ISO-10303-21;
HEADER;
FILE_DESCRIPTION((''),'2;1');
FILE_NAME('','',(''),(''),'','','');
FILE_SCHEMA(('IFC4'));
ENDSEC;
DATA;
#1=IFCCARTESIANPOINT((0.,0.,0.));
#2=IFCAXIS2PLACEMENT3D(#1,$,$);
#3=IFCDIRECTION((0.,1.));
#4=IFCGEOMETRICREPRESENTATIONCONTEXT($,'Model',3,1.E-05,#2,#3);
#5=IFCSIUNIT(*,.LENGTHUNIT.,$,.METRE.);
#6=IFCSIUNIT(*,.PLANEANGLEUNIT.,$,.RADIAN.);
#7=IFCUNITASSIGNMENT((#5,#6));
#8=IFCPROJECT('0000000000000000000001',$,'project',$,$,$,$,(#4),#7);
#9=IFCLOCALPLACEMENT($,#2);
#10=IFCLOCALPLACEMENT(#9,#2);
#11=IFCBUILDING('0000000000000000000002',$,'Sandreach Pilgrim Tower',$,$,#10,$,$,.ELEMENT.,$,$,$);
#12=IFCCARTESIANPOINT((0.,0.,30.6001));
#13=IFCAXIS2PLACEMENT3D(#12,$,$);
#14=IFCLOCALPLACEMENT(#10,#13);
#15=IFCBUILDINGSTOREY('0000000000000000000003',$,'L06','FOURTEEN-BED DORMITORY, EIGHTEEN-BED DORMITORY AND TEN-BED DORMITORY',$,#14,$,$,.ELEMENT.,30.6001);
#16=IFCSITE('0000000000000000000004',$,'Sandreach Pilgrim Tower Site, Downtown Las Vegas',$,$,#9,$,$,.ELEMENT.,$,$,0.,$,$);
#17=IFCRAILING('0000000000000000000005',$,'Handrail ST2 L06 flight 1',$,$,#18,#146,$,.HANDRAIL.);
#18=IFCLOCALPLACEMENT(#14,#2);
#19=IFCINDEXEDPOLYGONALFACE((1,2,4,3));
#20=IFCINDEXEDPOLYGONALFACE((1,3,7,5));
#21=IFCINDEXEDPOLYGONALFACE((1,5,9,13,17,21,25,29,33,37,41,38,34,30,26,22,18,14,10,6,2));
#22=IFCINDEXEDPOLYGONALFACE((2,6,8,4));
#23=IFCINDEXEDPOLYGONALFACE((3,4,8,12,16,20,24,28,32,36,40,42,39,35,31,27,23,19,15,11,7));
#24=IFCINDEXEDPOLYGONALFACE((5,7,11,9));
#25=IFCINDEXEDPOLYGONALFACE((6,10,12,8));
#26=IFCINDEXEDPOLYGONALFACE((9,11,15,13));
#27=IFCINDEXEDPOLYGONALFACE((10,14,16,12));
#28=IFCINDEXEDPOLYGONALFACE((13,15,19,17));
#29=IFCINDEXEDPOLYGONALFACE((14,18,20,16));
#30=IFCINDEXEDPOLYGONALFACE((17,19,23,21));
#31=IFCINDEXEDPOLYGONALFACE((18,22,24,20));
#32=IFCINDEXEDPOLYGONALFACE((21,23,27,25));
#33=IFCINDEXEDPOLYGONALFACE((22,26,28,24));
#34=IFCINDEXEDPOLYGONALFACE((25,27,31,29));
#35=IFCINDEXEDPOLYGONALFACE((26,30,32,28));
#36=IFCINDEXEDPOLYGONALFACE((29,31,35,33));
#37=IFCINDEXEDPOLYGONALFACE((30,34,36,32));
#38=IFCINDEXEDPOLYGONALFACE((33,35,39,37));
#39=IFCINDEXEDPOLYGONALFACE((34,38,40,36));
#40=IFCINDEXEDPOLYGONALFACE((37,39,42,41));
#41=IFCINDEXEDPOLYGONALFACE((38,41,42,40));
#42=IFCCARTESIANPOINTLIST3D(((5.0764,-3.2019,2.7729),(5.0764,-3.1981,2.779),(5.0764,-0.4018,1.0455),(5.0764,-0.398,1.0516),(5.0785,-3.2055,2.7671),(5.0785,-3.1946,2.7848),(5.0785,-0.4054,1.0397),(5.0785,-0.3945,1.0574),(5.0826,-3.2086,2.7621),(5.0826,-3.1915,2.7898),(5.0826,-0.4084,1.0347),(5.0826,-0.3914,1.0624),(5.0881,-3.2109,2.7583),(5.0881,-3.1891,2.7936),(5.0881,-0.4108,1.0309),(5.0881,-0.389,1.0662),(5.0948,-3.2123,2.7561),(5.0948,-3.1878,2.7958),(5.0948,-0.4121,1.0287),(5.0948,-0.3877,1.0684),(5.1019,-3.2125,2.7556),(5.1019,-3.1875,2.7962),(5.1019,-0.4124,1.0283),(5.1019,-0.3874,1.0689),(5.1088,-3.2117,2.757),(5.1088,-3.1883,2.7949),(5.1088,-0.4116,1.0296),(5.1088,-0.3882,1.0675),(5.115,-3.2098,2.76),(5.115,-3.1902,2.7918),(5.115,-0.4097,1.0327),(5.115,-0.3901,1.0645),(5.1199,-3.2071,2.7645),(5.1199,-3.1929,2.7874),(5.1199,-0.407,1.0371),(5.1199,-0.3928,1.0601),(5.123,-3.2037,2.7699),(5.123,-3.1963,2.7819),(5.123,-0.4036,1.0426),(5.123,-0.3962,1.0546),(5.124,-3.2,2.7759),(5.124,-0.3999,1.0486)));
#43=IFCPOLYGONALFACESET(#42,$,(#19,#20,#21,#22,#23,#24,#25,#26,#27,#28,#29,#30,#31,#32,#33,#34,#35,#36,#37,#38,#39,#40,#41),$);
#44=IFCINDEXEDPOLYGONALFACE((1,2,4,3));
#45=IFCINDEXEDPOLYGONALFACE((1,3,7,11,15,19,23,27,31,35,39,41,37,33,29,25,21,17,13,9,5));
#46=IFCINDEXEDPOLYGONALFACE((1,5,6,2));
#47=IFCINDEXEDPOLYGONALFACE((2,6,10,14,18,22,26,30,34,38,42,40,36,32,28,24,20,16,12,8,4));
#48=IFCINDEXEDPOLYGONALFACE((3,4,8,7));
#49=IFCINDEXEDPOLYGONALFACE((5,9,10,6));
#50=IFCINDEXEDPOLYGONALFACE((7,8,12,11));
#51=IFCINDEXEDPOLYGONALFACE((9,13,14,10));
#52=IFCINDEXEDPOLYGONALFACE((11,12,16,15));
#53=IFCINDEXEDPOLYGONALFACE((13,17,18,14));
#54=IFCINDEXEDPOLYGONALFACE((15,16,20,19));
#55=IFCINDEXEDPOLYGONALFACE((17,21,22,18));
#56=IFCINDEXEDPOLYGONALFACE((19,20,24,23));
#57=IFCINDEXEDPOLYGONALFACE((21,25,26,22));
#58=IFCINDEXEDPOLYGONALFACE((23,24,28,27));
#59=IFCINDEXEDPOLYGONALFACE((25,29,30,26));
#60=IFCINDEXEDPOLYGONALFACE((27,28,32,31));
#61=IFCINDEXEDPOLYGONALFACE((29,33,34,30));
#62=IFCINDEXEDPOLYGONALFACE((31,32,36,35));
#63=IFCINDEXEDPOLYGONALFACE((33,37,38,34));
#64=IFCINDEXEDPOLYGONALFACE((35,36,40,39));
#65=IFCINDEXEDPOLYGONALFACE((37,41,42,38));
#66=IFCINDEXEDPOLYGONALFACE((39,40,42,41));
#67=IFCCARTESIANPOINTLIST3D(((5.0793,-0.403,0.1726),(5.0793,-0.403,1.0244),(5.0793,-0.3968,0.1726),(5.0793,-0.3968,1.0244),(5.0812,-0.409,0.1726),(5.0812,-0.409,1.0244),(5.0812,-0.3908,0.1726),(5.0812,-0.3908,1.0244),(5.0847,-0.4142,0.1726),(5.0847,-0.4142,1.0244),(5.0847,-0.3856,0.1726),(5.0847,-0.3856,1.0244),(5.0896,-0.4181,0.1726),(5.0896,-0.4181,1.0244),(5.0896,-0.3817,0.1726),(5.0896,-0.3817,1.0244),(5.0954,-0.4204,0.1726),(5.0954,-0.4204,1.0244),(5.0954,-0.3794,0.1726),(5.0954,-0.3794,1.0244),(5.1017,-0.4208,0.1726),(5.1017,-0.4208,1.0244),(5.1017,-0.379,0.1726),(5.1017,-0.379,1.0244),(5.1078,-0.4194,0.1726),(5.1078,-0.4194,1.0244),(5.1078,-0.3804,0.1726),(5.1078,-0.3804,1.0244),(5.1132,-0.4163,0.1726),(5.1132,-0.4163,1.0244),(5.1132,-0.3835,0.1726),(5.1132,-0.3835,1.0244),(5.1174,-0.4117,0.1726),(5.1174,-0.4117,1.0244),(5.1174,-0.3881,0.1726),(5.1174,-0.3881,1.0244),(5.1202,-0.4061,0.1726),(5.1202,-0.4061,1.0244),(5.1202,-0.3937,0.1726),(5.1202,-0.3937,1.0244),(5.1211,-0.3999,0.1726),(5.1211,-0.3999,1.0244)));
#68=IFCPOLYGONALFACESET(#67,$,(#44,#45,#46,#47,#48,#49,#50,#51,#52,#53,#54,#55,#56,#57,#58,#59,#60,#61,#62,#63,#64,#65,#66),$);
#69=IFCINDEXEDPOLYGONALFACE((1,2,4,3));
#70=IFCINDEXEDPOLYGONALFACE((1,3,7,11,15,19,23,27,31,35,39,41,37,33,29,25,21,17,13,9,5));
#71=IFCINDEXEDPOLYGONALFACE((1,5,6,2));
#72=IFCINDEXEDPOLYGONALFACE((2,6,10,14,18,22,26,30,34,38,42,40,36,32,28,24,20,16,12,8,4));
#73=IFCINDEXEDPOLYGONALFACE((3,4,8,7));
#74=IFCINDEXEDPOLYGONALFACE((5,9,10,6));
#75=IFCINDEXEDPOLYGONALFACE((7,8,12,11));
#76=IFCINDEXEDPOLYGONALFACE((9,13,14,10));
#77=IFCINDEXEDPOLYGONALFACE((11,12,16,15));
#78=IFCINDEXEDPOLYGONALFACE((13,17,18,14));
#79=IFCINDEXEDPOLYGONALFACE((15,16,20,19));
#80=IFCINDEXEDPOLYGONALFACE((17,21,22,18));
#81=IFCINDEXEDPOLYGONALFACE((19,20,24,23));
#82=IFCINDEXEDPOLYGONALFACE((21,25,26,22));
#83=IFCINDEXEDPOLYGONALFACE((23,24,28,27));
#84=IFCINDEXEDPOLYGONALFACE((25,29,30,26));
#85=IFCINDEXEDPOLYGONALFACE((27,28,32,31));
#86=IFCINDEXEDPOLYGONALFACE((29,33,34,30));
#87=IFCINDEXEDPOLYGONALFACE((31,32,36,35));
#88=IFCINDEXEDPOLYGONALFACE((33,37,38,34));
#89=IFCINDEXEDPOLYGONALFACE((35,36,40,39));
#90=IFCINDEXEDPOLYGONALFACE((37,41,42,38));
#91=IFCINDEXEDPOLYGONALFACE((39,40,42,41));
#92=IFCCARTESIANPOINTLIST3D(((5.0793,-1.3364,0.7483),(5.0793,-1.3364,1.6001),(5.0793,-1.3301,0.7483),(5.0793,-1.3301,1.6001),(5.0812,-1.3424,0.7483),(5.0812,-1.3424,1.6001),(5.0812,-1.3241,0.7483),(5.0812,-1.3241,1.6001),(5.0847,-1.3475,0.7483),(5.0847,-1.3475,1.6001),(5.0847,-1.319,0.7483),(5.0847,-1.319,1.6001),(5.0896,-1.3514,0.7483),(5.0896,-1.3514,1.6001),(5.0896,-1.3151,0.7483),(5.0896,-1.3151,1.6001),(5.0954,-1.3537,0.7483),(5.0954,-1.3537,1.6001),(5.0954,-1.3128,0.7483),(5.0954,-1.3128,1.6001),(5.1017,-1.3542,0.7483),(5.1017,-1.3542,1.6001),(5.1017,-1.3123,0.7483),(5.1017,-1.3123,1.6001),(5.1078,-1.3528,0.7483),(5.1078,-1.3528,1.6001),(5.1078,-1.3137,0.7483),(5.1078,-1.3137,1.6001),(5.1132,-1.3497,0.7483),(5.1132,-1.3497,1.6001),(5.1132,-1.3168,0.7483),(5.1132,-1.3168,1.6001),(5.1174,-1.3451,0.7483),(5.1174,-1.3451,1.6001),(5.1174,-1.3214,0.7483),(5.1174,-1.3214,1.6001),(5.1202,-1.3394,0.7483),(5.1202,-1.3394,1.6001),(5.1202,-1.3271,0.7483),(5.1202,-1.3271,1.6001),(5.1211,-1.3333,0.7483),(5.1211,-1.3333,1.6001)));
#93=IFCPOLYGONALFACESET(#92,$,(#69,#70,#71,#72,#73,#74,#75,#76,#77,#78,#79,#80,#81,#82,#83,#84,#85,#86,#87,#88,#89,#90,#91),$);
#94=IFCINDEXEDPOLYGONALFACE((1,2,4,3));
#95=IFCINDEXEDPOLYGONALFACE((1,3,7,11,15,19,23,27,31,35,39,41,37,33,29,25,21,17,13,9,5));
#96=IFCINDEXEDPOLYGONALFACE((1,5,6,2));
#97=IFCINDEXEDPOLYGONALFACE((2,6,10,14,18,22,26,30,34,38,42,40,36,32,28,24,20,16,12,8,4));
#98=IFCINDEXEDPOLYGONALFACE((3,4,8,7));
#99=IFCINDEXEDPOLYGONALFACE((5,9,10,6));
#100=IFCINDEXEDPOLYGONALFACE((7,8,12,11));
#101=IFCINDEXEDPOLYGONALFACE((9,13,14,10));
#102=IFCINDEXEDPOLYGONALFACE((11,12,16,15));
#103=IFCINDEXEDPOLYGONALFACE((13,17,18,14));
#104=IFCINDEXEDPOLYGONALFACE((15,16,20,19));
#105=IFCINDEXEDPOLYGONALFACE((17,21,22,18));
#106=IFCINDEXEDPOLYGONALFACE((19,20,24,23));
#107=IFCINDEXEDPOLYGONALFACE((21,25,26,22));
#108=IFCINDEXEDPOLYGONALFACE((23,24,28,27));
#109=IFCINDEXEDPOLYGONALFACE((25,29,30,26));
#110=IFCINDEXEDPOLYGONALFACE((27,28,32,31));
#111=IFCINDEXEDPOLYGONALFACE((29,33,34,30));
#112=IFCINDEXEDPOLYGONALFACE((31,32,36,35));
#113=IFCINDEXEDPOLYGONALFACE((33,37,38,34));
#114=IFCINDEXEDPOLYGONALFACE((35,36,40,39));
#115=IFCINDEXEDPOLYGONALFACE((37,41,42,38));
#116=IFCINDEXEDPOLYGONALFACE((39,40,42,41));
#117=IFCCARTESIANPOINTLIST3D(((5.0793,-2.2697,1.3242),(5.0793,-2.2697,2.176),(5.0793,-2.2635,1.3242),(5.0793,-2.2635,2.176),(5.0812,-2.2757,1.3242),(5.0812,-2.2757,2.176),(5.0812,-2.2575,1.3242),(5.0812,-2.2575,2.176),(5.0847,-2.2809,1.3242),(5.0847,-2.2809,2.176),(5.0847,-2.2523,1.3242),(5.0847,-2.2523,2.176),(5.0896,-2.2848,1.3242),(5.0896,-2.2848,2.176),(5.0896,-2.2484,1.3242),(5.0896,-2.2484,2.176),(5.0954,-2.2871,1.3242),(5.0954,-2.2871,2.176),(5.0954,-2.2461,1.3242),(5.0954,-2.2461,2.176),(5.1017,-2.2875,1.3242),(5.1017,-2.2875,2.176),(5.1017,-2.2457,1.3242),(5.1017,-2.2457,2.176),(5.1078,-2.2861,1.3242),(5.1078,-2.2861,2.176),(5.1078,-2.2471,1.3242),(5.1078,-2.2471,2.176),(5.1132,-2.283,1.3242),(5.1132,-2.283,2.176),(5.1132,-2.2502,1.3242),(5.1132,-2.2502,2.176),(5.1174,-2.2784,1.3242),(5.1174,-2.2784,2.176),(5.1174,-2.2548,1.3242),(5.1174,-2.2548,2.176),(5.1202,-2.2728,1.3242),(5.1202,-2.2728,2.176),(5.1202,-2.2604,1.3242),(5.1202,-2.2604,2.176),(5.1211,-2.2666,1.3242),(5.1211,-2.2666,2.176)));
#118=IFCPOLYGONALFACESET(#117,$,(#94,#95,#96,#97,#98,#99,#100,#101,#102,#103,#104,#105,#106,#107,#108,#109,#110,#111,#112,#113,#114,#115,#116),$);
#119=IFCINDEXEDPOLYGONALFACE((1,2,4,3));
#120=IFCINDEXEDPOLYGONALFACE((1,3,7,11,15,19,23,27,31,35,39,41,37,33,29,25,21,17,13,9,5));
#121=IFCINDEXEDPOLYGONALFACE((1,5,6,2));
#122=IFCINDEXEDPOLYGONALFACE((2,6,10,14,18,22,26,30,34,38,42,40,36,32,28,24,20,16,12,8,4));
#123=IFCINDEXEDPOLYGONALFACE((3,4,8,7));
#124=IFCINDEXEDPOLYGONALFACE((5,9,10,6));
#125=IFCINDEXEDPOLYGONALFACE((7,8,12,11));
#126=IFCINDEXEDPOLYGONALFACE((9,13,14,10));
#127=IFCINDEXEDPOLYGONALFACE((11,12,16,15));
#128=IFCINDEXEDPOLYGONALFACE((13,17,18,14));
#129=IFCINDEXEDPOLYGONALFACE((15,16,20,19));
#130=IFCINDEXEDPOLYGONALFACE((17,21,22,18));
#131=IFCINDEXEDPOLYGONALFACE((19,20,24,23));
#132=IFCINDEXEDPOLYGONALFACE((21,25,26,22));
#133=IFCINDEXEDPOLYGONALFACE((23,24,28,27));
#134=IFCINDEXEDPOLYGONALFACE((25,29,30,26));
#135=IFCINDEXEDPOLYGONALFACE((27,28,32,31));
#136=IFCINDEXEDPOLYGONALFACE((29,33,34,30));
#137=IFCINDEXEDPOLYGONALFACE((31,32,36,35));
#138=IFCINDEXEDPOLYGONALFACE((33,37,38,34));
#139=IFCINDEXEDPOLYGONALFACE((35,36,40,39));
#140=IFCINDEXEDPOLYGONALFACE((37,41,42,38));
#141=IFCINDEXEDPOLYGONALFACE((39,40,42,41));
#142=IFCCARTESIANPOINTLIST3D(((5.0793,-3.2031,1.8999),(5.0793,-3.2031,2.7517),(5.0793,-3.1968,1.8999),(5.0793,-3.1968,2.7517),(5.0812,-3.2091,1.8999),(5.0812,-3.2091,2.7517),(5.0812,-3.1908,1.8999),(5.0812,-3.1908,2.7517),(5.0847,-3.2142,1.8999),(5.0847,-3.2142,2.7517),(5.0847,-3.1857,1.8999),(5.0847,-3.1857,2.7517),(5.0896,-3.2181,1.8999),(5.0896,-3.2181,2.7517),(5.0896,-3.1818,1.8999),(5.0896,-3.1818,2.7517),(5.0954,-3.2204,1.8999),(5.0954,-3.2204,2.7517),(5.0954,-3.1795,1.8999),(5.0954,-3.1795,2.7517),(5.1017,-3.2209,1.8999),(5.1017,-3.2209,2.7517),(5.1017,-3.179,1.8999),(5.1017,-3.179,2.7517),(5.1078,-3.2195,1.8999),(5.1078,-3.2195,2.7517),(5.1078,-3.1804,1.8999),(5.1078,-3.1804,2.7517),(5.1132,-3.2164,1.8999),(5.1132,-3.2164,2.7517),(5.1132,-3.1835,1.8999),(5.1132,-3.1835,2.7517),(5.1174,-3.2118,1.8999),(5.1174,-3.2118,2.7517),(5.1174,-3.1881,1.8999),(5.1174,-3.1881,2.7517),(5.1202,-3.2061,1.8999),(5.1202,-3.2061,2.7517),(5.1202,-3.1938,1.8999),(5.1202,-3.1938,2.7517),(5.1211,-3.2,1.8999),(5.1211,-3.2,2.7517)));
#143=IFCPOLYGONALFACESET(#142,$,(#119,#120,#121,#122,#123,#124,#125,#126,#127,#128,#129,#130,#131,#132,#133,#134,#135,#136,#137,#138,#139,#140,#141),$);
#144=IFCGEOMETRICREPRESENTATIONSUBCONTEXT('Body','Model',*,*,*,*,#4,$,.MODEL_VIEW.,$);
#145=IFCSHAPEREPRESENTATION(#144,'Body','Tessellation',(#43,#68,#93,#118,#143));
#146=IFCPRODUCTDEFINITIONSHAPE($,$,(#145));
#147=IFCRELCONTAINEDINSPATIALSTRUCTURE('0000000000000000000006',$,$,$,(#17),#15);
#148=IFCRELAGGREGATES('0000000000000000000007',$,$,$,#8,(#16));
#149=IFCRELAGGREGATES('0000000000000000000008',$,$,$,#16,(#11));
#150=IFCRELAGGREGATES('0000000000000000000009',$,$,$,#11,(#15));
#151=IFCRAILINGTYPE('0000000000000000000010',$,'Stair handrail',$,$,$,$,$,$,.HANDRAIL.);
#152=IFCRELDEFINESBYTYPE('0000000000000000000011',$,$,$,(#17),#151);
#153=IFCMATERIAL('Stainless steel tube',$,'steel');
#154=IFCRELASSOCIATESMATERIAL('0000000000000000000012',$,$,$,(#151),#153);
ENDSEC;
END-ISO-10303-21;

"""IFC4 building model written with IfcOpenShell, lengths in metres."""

from ifc_helpers import new_model, si_unit, direction, frame, origin, origin_2d, place, context, subcontext, project, spatial, circle, extrude, material, type_object, element, save


model = new_model("IFC4")

# Units and contexts
model_context = context("Model", 3, precision=1e-05, world=origin(), true_north=direction((0.0, 1.0)))
body_context = subcontext(model_context, "Body", "Model", "MODEL_VIEW")
ifc_project = project(units=[si_unit("LENGTHUNIT", "METRE"), si_unit("PLANEANGLEUNIT", "RADIAN")], contexts=[model_context])

# Site, building, storey
site_placement = place(None, origin())
site = spatial("IfcSite", under=ifc_project, at=site_placement, Name="Sandreach Pilgrim Tower Site, Downtown Las Vegas", CompositionType="ELEMENT", RefElevation=0.0)
building_placement = place(site_placement, origin())
building = spatial("IfcBuilding", under=site, at=building_placement, Name="Sandreach Pilgrim Tower", CompositionType="ELEMENT")
storey_placement = place(building_placement, frame((0.0, 0.0, 30.6001)))
storey = spatial("IfcBuildingStorey", under=building, at=storey_placement, Name="L06", Description="FOURTEEN-BED DORMITORY, EIGHTEEN-BED DORMITORY AND TEN-BED DORMITORY", CompositionType="ELEMENT", Elevation=30.6001)

# Railing
ifc_material_1 = material(Name="Stainless steel tube", Category="steel")
railing_type = type_object("IfcRailingType", Name="Stair handrail", PredefinedType="HANDRAIL", material=ifc_material_1)
railing_placement = place(storey_placement, frame((5.1001, -0.3999, 0.1726)))
element("IfcRailing", 1, at=railing_placement, inside=storey, type_object=railing_type, Name="Handrail ST2 L06 flight 1", PredefinedType="HANDRAIL", context=body_context, shape_type="SweptSolid", body=[
    extrude(circle(Radius=0.0239, at=origin_2d()), frame((0.0, 0.0, 0.876), z_axis=(0.0, -0.85109, 0.52502), x_axis=(1.0, 0.0, 0.0)), (0.0, 0.0, 1.0), 3.29),
    extrude(circle(Radius=0.021, at=origin_2d()), origin(), (0.0, 0.0, 1.0), 0.8518),
    extrude(circle(Radius=0.021, at=origin_2d()), frame((0.0, -0.9333, 0.5757)), (0.0, 0.0, 1.0), 0.8518),
    extrude(circle(Radius=0.021, at=origin_2d()), frame((0.0, -1.8667, 1.1516)), (0.0, 0.0, 1.0), 0.8518),
    extrude(circle(Radius=0.021, at=origin_2d()), frame((0.0, -2.8, 1.7273)), (0.0, 0.0, 1.0), 0.8518),
])

save(model, "model.ifc")
